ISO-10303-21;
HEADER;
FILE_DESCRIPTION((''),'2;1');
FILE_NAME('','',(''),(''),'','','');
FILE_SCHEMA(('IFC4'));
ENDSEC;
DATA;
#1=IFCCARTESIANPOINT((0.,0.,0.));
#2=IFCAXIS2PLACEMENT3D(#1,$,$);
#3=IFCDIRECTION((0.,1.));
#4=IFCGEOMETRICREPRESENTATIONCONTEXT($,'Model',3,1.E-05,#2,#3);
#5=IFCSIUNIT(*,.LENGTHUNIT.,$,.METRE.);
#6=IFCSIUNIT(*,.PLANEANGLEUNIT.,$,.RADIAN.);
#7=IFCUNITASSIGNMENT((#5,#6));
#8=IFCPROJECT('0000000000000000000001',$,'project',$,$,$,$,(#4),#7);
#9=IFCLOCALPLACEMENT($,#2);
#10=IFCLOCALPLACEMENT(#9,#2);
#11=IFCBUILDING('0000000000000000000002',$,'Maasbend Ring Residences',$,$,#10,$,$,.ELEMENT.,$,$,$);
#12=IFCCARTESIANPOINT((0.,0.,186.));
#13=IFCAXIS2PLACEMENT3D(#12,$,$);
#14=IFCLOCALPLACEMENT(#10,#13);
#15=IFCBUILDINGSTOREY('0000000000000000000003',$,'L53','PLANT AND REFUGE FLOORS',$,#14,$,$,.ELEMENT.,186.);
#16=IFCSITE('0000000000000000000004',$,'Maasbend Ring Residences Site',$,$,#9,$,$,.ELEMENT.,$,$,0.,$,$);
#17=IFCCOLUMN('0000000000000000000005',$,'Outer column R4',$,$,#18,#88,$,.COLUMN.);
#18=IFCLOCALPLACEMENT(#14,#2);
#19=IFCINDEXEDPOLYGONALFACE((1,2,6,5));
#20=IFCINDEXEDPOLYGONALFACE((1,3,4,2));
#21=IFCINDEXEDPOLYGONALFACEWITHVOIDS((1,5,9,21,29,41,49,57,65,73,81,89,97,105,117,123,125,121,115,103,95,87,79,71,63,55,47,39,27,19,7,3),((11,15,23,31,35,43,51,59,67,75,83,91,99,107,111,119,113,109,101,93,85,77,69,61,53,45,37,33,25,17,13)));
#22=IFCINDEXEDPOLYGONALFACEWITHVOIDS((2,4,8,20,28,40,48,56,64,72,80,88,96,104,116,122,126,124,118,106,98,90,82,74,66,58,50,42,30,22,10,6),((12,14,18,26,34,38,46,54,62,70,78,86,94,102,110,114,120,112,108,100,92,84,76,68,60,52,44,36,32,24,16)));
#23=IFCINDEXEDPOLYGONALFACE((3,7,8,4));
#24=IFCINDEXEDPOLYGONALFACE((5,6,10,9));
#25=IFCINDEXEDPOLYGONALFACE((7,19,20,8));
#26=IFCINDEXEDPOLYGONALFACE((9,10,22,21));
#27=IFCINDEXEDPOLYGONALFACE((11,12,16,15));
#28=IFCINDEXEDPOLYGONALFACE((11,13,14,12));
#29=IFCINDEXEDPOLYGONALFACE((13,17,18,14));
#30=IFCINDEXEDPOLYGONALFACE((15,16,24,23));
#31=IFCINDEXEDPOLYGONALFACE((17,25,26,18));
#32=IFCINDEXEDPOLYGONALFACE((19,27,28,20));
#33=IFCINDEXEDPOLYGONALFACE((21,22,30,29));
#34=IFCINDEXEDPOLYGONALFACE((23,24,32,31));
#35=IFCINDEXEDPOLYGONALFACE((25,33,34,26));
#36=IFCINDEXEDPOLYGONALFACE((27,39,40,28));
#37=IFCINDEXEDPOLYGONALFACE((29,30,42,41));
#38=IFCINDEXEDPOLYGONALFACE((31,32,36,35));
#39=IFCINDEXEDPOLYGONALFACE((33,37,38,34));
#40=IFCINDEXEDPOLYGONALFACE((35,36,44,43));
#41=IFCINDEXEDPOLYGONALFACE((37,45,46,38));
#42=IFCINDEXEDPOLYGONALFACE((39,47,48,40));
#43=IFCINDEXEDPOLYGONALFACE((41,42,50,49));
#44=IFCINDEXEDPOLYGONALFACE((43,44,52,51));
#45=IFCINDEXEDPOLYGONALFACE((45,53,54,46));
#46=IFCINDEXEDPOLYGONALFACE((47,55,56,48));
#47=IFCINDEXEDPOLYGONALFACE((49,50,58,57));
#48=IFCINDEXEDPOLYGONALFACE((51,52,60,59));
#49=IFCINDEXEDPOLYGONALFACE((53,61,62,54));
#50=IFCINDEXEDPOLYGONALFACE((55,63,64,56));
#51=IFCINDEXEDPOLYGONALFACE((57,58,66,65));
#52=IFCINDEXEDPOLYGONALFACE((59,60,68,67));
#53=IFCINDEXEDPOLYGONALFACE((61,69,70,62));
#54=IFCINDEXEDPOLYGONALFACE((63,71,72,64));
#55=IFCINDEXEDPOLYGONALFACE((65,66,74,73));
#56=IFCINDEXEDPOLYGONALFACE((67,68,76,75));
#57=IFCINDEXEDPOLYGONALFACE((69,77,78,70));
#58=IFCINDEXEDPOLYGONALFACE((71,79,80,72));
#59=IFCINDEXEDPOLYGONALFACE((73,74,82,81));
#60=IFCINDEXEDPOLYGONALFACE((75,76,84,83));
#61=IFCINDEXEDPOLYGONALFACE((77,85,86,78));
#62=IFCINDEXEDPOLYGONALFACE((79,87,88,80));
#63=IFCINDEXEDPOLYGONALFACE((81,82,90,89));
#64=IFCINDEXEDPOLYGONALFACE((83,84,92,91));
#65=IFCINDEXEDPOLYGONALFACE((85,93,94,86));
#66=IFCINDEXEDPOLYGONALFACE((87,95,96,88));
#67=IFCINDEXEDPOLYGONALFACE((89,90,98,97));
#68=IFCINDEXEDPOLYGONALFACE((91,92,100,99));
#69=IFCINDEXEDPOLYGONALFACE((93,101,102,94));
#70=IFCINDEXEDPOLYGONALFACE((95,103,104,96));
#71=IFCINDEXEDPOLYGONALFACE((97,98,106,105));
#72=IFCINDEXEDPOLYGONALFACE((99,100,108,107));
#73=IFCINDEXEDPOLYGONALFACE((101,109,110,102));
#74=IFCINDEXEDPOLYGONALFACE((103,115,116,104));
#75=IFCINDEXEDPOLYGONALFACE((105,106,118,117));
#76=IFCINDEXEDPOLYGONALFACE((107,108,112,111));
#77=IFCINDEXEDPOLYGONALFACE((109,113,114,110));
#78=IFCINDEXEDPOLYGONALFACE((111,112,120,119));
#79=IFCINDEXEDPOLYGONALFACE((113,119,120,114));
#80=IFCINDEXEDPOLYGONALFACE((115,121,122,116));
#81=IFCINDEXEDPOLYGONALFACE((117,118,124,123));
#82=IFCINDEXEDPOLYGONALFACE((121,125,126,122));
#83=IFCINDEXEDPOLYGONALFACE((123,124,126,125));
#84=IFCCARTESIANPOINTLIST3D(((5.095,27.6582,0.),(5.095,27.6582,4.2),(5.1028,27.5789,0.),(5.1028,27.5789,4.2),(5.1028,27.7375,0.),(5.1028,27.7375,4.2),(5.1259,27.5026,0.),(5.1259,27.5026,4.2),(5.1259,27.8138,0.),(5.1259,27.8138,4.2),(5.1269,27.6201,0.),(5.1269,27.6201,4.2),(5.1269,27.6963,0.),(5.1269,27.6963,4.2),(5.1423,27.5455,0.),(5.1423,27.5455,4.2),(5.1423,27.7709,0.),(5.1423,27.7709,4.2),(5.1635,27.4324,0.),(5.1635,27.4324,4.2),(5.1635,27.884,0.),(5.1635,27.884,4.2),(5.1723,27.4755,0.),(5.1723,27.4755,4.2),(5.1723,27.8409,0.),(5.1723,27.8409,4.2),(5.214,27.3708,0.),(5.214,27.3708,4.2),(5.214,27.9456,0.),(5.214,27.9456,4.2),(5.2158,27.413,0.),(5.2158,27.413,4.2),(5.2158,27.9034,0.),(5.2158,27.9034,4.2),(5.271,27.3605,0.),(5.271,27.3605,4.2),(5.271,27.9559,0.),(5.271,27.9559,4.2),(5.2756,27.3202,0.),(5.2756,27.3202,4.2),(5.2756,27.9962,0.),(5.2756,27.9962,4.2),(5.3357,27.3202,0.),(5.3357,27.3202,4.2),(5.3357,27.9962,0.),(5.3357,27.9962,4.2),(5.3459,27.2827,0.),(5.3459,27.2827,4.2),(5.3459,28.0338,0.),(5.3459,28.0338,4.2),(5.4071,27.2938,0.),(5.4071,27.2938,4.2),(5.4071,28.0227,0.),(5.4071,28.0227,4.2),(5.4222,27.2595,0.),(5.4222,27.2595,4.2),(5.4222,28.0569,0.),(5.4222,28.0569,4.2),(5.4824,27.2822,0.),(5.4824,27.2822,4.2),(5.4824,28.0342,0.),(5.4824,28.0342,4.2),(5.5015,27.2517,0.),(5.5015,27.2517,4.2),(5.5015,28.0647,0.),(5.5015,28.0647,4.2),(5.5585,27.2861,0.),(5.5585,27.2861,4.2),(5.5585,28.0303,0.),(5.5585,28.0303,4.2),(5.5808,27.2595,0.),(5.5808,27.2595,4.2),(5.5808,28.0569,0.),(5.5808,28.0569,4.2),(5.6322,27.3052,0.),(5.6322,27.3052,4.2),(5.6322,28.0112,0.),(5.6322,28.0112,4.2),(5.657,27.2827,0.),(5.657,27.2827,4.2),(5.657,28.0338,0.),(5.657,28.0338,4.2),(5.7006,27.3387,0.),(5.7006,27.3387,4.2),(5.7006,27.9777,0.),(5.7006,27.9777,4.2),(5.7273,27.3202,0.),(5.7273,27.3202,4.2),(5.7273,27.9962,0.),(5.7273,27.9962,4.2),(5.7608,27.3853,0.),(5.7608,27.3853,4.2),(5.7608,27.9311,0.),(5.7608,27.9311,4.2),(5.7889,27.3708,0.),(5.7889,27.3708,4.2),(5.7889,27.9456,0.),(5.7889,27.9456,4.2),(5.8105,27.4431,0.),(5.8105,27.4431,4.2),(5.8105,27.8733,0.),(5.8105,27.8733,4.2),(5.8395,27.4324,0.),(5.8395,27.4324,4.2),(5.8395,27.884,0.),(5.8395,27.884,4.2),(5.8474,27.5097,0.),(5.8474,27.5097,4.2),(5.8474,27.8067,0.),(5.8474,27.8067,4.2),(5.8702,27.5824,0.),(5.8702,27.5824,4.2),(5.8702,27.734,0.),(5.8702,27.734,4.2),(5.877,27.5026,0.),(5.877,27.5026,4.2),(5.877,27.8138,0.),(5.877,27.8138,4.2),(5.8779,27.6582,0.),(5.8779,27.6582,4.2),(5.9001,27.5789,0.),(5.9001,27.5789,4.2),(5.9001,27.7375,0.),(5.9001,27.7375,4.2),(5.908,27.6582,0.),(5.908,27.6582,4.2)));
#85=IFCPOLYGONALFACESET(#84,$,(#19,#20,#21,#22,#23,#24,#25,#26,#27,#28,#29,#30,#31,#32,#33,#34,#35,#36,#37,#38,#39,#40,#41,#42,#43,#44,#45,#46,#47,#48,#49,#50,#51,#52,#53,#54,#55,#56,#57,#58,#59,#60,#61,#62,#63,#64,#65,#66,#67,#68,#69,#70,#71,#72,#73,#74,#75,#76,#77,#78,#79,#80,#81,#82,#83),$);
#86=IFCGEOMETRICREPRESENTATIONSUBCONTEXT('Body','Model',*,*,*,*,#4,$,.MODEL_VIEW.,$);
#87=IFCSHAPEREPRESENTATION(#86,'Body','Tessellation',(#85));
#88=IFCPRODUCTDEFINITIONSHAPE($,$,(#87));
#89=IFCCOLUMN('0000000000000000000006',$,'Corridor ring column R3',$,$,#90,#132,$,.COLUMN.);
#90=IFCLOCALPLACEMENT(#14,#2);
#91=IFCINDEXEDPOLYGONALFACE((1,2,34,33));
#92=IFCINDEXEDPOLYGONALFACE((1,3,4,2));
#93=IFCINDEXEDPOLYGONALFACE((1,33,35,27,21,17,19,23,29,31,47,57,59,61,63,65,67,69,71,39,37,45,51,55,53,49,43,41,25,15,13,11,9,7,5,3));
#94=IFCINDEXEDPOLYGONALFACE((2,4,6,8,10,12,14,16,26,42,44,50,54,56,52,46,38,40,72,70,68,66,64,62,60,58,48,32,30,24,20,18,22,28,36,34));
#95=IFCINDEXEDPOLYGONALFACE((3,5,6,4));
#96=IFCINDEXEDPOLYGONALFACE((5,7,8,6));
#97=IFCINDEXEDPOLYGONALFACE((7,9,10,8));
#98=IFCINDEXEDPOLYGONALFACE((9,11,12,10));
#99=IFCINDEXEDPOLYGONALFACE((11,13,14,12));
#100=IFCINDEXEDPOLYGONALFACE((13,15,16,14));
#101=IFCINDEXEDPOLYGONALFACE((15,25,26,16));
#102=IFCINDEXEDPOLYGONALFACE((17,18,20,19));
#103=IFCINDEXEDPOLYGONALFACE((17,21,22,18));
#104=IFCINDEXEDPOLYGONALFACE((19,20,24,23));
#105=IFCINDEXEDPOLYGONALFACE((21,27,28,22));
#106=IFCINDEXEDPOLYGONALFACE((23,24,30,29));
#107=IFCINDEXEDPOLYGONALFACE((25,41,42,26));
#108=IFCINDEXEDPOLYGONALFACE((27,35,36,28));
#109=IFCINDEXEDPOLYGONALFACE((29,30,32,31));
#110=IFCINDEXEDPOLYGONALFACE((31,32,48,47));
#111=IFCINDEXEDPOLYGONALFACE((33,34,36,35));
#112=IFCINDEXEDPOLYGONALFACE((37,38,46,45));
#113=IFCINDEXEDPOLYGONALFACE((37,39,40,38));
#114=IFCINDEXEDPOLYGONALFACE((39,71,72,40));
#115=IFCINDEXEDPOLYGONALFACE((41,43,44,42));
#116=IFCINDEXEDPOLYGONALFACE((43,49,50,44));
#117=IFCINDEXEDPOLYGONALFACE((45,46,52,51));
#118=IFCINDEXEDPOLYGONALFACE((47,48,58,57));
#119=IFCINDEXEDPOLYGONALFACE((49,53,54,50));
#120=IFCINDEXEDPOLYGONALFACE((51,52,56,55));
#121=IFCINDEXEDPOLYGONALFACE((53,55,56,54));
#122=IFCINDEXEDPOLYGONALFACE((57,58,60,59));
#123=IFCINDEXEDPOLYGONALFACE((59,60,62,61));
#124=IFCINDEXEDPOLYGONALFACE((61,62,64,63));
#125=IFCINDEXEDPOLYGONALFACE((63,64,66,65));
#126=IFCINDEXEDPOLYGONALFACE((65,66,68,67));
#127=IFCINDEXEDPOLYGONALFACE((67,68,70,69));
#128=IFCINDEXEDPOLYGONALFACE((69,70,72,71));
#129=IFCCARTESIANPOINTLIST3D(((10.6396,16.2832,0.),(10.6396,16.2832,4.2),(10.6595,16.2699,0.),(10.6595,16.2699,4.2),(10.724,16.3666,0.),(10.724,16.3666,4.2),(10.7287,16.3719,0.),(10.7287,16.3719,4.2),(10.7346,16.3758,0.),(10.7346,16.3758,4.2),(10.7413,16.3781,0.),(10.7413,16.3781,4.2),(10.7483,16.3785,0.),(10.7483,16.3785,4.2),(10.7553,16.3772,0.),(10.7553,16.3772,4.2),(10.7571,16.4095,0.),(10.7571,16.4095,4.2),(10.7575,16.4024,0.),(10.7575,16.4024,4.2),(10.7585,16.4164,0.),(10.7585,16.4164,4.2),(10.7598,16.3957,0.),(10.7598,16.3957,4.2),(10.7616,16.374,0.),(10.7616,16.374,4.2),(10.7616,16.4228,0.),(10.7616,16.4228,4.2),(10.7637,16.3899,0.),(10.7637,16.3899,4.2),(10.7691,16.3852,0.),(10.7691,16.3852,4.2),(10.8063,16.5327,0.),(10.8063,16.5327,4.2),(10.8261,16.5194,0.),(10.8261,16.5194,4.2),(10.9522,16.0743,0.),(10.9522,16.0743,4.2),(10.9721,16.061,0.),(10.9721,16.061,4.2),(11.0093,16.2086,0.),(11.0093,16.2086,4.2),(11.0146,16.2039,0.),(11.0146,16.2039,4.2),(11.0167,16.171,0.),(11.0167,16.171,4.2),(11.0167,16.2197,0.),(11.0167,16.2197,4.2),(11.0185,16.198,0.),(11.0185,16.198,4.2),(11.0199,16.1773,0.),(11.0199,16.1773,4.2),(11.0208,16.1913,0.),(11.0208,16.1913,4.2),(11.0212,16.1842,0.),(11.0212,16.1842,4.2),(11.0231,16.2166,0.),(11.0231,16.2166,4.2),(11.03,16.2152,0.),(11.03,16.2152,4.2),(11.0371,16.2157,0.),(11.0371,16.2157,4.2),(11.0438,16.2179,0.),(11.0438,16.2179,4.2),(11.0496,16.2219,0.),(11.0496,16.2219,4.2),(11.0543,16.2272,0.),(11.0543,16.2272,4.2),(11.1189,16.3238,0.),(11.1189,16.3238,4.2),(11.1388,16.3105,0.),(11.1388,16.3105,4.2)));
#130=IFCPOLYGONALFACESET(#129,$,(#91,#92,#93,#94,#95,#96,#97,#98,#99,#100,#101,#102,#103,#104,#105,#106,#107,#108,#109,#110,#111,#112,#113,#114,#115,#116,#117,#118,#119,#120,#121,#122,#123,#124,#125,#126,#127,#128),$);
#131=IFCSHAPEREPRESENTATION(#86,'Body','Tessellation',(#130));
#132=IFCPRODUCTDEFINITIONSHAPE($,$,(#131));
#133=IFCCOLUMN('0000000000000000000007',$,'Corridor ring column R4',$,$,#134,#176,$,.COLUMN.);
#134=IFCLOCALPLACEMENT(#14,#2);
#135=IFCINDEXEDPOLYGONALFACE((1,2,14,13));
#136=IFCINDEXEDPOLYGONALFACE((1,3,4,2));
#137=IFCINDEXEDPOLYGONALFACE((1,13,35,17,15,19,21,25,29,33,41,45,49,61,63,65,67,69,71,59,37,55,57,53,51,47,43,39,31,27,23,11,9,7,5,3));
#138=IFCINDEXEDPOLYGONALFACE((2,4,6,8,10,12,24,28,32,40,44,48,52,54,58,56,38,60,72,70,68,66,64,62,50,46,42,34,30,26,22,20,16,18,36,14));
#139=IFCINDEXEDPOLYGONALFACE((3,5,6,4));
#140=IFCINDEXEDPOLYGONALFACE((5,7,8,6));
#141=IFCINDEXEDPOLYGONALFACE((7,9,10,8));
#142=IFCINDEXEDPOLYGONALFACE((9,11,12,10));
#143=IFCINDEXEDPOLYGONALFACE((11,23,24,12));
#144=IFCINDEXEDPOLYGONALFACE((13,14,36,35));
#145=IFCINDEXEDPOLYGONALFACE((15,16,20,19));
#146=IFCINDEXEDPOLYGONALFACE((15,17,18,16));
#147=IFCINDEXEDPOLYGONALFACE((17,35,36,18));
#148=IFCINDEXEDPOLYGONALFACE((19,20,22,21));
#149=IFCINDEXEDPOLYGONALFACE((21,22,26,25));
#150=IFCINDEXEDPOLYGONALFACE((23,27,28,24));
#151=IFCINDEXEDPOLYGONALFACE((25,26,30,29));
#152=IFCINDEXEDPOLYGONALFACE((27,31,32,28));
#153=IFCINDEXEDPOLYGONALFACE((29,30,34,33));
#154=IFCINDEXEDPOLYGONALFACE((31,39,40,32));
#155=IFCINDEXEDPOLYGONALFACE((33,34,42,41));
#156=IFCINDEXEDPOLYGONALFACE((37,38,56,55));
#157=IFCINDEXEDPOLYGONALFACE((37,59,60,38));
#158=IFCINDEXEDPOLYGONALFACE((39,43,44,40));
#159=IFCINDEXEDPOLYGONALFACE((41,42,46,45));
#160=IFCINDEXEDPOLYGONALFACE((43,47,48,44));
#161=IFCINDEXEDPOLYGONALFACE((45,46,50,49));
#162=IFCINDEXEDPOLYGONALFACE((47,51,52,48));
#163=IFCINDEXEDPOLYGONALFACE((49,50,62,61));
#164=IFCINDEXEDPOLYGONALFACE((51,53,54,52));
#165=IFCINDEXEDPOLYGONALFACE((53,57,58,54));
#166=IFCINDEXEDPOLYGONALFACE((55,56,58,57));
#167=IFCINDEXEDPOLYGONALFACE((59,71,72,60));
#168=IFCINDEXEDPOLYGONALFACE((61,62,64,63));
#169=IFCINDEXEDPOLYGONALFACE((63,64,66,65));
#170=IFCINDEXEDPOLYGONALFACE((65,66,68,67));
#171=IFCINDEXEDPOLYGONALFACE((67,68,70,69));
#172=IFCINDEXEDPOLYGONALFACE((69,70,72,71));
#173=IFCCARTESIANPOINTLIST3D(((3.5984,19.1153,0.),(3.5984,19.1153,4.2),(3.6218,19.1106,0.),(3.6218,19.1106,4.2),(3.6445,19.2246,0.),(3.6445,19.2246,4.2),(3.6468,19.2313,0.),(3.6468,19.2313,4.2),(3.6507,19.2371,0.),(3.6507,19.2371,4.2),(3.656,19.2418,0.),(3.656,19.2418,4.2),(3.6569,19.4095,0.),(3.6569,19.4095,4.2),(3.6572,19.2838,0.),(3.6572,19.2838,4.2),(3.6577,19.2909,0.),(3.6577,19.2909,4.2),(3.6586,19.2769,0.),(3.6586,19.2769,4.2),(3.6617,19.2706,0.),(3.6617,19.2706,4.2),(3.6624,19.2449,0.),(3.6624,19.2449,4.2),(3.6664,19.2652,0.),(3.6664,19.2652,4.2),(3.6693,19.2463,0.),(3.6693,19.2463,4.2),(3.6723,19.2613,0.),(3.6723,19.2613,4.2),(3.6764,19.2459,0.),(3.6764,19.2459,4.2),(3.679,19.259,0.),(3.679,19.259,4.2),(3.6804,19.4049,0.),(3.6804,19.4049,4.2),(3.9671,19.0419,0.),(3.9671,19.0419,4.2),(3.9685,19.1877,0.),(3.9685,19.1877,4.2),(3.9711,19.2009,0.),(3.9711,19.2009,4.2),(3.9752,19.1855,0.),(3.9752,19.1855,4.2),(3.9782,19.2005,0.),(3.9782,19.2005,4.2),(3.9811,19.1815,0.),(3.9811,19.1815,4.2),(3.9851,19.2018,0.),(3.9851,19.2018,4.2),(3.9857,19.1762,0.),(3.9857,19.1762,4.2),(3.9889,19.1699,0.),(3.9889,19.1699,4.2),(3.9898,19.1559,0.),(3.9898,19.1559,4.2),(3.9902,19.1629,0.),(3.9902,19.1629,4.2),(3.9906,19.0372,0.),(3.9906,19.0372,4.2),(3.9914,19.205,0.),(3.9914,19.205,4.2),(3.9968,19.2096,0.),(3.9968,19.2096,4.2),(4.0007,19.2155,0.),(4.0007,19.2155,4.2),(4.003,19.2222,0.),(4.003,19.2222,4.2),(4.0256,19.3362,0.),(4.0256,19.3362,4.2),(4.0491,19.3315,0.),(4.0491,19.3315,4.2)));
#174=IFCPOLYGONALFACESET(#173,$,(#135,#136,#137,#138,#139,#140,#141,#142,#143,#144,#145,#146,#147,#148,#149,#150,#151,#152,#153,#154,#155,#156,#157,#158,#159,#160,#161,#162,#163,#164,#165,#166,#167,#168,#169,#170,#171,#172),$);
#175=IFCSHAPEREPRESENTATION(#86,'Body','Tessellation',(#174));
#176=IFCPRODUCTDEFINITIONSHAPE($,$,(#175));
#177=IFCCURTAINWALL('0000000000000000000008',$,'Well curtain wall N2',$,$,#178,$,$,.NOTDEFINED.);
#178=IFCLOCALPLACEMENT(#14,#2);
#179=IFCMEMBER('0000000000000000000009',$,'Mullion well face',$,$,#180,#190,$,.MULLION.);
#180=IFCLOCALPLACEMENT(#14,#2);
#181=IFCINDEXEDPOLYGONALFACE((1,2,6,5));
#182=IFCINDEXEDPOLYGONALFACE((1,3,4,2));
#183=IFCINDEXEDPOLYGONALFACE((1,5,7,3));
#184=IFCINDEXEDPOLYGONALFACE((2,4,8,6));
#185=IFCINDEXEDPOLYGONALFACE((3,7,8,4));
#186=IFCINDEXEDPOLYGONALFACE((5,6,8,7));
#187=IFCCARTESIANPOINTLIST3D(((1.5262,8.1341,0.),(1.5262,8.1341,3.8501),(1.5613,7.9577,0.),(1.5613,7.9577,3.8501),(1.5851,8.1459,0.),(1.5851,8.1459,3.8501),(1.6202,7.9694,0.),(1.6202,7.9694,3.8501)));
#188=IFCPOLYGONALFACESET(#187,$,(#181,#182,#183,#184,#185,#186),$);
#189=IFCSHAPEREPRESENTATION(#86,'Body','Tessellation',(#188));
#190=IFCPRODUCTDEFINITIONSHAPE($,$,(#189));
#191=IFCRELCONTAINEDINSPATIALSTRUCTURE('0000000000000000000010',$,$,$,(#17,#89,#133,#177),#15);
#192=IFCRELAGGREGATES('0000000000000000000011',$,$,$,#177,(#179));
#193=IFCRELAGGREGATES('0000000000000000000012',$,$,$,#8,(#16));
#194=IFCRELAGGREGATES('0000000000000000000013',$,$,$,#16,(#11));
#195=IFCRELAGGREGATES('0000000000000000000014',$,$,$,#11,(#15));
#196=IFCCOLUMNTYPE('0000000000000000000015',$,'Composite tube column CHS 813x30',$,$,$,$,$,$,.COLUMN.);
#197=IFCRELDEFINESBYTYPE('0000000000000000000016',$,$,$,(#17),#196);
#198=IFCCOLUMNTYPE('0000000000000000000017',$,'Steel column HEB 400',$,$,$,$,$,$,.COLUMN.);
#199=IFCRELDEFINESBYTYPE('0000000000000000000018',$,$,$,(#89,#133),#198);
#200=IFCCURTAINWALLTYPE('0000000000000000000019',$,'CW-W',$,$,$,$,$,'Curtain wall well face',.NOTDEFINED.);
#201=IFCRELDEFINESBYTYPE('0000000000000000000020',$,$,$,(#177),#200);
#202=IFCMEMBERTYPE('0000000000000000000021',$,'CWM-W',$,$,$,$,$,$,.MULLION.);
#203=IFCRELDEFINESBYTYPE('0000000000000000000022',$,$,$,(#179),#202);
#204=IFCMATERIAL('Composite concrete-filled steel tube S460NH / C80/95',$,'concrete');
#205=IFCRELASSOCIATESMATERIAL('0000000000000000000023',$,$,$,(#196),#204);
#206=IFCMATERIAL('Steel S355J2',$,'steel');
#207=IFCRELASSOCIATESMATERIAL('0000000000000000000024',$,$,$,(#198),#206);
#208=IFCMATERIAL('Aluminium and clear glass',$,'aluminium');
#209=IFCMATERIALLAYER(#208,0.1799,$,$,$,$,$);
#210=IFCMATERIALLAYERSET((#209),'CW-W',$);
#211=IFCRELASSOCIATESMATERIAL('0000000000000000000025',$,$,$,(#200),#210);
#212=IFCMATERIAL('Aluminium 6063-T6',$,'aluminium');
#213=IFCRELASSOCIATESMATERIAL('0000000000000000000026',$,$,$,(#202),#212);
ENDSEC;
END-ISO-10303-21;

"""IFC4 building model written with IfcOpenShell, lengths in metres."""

from ifc_helpers import new_model, si_unit, direction, frame, origin, origin_2d, place, context, subcontext, project, spatial, rectangle, hollow_circle, i_section, extrude, material, layer, layer_set, material_profile, profile_set, type_object, element, aggregate, save


model = new_model("IFC4")

# Units and contexts
model_context = context("Model", 3, precision=1e-05, world=origin(), true_north=direction((0.0, 1.0)))
body_context = subcontext(model_context, "Body", "Model", "MODEL_VIEW")
ifc_project = project(units=[si_unit("LENGTHUNIT", "METRE"), si_unit("PLANEANGLEUNIT", "RADIAN")], contexts=[model_context])

# Site, building, storey
site_placement = place(None, origin())
site = spatial("IfcSite", under=ifc_project, at=site_placement, Name="Maasbend Ring Residences Site", CompositionType="ELEMENT", RefElevation=0.0)
building_placement = place(site_placement, origin())
building = spatial("IfcBuilding", under=site, at=building_placement, Name="Maasbend Ring Residences", CompositionType="ELEMENT")
storey_placement = place(building_placement, frame((0.0, 0.0, 186.0)))
storey = spatial("IfcBuildingStorey", under=building, at=storey_placement, Name="L53", Description="PLANT AND REFUGE FLOORS", CompositionType="ELEMENT", Elevation=186.0)

# Columns
ifc_material_1 = material(Name="Composite concrete-filled steel tube S460NH / C80/95", Category="concrete")
ifc_material_profile_1 = material_profile(ifc_material_1, hollow_circle(Radius=0.4065, WallThickness=0.03, at=origin_2d()), Name="Composite tube column CHS 813x30")
ifc_profile_set_1 = profile_set([ifc_material_profile_1], Name="Composite concrete-filled steel tube S460NH / C80/95")
column_type_1 = type_object("IfcColumnType", Name="Composite tube column CHS 813x30", PredefinedType="COLUMN", material=ifc_profile_set_1)
column_placement = place(storey_placement, frame((5.5015, 27.6582, 0.0), z_axis=(0.0, 0.0, 1.0), x_axis=(1.0, 0.0, 0.0)))
element("IfcColumn", 1, at=column_placement, inside=storey, type_object=column_type_1, Name="Outer column R4", PredefinedType="COLUMN", context=body_context, shape_type="SweptSolid", body=[
    extrude(hollow_circle(Radius=0.4065, WallThickness=0.03, at=origin_2d()), origin(), (0.0, 0.0, 1.0), 4.2),
])
ifc_material_2 = material(Name="Steel S355J2", Category="steel")
ifc_material_profile_2 = material_profile(ifc_material_2, i_section(OverallWidth=0.3, OverallDepth=0.3999, WebThickness=0.0134, FlangeThickness=0.0239, FilletRadius=0.0271, at=origin_2d()), Name="HEB 400")
ifc_profile_set_2 = profile_set([ifc_material_profile_2], Name="Steel S355J2")
column_type_2 = type_object("IfcColumnType", Name="Steel column HEB 400", PredefinedType="COLUMN", material=ifc_profile_set_2)
for number, where, z_axis, x_axis, name in (
    (2, (10.8892, 16.2969, 0.0), (0.0, 0.0, 1.0), (0.55557, 0.83147, 0.0), "Corridor ring column R3"),
    (3, (3.8237, 19.2234, 0.0), (0.0, 0.0, 1.0), (0.19509, 0.980785, 0.0), "Corridor ring column R4"),
):
    element("IfcColumn", number, at=place(storey_placement, frame(where, z_axis=z_axis, x_axis=x_axis)), inside=storey, type_object=column_type_2, Name=name, PredefinedType="COLUMN", context=body_context, shape_type="SweptSolid", body=[
        extrude(i_section(OverallWidth=0.3, OverallDepth=0.3999, WebThickness=0.0134, FlangeThickness=0.0239, FilletRadius=0.0271, at=origin_2d()), origin(), (0.0, 0.0, 1.0), 4.2),
    ])

# Curtain wall, member
ifc_material_3 = material(Name="Aluminium and clear glass", Category="aluminium")
ifc_layer_1 = layer(ifc_material_3, 0.1799)
ifc_layer_set_1 = layer_set([ifc_layer_1], Name="CW-W")
curtain_wall_type = type_object("IfcCurtainWallType", Name="CW-W", ElementType="Curtain wall well face", PredefinedType="NOTDEFINED", material=ifc_layer_set_1)
curtain_wall_placement = place(storey_placement, origin())
curtain_wall = element("IfcCurtainWall", 4, at=curtain_wall_placement, inside=storey, type_object=curtain_wall_type, Name="Well curtain wall N2", PredefinedType="NOTDEFINED")
ifc_material_4 = material(Name="Aluminium 6063-T6", Category="aluminium")
ifc_material_profile_3 = material_profile(ifc_material_4, rectangle(XDim=0.1799, YDim=0.0601, at=origin_2d()), Name="AL 180x60")
ifc_profile_set_3 = profile_set([ifc_material_profile_3], Name="Aluminium 6063-T6")
member_type_1 = type_object("IfcMemberType", Name="CWM-W", PredefinedType="MULLION", material=ifc_profile_set_3)
member_1_placement = place(storey_placement, frame((1.5732, 8.0518, 0.0), z_axis=(0.0, 0.0, 1.0), x_axis=(0.19509, -0.980785, 0.0)))
member_1 = element("IfcMember", 5, at=member_1_placement, type_object=member_type_1, Name="Mullion well face", PredefinedType="MULLION", context=body_context, shape_type="SweptSolid", body=[
    extrude(rectangle(XDim=0.1799, YDim=0.0601, at=origin_2d()), origin(), (0.0, 0.0, 1.0), 3.8501),
])
aggregate(curtain_wall, [member_1])

save(model, "model.ifc")
